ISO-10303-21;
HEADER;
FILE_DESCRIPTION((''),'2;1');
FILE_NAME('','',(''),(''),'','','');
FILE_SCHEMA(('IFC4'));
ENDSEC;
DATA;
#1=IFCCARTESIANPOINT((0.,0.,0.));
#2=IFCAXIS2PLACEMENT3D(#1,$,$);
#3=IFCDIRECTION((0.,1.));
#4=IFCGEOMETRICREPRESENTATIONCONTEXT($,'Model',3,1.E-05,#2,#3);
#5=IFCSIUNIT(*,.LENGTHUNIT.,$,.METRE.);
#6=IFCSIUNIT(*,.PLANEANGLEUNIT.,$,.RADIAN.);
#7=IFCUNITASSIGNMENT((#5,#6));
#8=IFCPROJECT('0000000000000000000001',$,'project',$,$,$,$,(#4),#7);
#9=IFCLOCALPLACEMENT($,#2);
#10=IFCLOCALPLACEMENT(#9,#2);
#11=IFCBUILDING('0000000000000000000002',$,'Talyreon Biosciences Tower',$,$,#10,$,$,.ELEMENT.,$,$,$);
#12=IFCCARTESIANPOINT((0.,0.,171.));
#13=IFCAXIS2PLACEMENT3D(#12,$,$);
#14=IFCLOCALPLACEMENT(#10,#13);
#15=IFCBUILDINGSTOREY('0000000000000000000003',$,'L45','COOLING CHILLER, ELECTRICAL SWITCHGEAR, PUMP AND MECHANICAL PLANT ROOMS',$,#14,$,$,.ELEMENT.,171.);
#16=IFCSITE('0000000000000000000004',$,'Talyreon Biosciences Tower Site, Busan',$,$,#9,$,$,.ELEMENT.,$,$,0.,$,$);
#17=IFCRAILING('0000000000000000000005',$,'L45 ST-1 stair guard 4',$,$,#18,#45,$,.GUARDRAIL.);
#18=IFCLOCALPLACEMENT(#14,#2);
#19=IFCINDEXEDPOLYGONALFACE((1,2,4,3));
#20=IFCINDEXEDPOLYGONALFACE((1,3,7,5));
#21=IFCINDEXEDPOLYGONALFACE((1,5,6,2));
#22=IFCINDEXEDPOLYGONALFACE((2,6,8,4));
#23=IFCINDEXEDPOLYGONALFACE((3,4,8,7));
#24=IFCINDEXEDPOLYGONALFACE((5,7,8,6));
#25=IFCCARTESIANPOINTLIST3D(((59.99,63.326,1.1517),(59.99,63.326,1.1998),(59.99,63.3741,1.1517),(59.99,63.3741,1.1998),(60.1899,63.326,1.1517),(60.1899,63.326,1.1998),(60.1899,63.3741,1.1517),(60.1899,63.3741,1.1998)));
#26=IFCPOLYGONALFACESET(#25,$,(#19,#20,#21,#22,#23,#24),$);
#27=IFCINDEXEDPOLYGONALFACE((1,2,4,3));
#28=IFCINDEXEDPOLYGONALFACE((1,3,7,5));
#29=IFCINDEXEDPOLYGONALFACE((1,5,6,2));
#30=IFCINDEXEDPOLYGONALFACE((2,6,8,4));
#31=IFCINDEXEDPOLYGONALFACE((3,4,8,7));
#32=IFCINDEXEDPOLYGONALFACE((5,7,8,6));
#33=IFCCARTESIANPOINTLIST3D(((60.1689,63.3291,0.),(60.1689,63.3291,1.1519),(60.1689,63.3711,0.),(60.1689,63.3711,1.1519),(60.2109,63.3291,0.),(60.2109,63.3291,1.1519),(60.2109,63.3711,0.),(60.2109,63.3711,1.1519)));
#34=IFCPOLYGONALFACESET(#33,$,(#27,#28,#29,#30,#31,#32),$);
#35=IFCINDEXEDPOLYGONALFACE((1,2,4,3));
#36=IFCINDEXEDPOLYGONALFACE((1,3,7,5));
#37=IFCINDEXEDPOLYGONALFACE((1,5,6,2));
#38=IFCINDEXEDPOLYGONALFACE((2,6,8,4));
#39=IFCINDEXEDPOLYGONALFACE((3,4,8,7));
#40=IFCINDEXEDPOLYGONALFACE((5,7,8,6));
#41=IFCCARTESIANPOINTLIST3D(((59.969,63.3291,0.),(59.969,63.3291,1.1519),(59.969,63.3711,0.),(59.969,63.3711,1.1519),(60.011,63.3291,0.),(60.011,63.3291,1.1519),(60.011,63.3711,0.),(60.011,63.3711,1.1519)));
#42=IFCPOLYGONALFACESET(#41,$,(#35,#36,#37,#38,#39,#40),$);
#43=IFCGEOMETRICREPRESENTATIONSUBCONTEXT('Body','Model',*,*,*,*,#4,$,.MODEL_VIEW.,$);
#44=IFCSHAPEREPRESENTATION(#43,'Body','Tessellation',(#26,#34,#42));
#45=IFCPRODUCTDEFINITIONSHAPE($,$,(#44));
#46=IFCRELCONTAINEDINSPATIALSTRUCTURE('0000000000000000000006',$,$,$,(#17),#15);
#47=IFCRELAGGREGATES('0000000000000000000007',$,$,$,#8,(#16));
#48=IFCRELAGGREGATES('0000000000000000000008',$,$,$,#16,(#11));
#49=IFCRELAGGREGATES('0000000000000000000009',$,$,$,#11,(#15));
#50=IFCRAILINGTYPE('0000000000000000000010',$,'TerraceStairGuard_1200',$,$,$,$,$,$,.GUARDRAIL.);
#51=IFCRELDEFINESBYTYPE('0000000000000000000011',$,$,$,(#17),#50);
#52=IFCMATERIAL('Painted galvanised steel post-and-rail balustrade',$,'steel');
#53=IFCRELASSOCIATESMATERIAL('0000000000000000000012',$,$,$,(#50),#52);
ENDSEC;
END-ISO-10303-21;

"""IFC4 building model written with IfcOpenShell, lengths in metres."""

from ifc_helpers import new_model, si_unit, direction, frame, origin, origin_2d, place, context, subcontext, project, spatial, rectangle, extrude, material, type_object, element, save


model = new_model("IFC4")

# Units and contexts
model_context = context("Model", 3, precision=1e-05, world=origin(), true_north=direction((0.0, 1.0)))
body_context = subcontext(model_context, "Body", "Model", "MODEL_VIEW")
ifc_project = project(units=[si_unit("LENGTHUNIT", "METRE"), si_unit("PLANEANGLEUNIT", "RADIAN")], contexts=[model_context])

# Site, building, storey
site_placement = place(None, origin())
site = spatial("IfcSite", under=ifc_project, at=site_placement, Name="Talyreon Biosciences Tower Site, Busan", CompositionType="ELEMENT", RefElevation=0.0)
building_placement = place(site_placement, origin())
building = spatial("IfcBuilding", under=site, at=building_placement, Name="Talyreon Biosciences Tower", CompositionType="ELEMENT")
storey_placement = place(building_placement, frame((0.0, 0.0, 171.0)))
storey = spatial("IfcBuildingStorey", under=building, at=storey_placement, Name="L45", Description="COOLING CHILLER, ELECTRICAL SWITCHGEAR, PUMP AND MECHANICAL PLANT ROOMS", CompositionType="ELEMENT", Elevation=171.0)

# Railing
ifc_material_1 = material(Name="Painted galvanised steel post-and-rail balustrade", Category="steel")
railing_type_1 = type_object("IfcRailingType", Name="TerraceStairGuard_1200", PredefinedType="GUARDRAIL", material=ifc_material_1)
railing_1_placement = place(storey_placement, frame((60.1899, 63.3501, 0.0)))
element("IfcRailing", 1, at=railing_1_placement, inside=storey, type_object=railing_type_1, Name="L45 ST-1 stair guard 4", PredefinedType="GUARDRAIL", context=body_context, shape_type="SweptSolid", body=[
    extrude(rectangle(XDim=0.0481, YDim=0.0481, at=origin_2d()), frame((0.0, 0.0, 1.1758), z_axis=(-1.0, 0.0, 0.0), x_axis=(0.0, -1.0, 0.0)), (0.0, 0.0, 1.0), 0.2),
    extrude(rectangle(XDim=0.042, YDim=0.042, at=origin_2d()), origin(), (0.0, 0.0, 1.0), 1.1519),
    extrude(rectangle(XDim=0.042, YDim=0.042, at=origin_2d()), frame((-0.2, 0.0, 0.0)), (0.0, 0.0, 1.0), 1.1519),
])

save(model, "model.ifc")
